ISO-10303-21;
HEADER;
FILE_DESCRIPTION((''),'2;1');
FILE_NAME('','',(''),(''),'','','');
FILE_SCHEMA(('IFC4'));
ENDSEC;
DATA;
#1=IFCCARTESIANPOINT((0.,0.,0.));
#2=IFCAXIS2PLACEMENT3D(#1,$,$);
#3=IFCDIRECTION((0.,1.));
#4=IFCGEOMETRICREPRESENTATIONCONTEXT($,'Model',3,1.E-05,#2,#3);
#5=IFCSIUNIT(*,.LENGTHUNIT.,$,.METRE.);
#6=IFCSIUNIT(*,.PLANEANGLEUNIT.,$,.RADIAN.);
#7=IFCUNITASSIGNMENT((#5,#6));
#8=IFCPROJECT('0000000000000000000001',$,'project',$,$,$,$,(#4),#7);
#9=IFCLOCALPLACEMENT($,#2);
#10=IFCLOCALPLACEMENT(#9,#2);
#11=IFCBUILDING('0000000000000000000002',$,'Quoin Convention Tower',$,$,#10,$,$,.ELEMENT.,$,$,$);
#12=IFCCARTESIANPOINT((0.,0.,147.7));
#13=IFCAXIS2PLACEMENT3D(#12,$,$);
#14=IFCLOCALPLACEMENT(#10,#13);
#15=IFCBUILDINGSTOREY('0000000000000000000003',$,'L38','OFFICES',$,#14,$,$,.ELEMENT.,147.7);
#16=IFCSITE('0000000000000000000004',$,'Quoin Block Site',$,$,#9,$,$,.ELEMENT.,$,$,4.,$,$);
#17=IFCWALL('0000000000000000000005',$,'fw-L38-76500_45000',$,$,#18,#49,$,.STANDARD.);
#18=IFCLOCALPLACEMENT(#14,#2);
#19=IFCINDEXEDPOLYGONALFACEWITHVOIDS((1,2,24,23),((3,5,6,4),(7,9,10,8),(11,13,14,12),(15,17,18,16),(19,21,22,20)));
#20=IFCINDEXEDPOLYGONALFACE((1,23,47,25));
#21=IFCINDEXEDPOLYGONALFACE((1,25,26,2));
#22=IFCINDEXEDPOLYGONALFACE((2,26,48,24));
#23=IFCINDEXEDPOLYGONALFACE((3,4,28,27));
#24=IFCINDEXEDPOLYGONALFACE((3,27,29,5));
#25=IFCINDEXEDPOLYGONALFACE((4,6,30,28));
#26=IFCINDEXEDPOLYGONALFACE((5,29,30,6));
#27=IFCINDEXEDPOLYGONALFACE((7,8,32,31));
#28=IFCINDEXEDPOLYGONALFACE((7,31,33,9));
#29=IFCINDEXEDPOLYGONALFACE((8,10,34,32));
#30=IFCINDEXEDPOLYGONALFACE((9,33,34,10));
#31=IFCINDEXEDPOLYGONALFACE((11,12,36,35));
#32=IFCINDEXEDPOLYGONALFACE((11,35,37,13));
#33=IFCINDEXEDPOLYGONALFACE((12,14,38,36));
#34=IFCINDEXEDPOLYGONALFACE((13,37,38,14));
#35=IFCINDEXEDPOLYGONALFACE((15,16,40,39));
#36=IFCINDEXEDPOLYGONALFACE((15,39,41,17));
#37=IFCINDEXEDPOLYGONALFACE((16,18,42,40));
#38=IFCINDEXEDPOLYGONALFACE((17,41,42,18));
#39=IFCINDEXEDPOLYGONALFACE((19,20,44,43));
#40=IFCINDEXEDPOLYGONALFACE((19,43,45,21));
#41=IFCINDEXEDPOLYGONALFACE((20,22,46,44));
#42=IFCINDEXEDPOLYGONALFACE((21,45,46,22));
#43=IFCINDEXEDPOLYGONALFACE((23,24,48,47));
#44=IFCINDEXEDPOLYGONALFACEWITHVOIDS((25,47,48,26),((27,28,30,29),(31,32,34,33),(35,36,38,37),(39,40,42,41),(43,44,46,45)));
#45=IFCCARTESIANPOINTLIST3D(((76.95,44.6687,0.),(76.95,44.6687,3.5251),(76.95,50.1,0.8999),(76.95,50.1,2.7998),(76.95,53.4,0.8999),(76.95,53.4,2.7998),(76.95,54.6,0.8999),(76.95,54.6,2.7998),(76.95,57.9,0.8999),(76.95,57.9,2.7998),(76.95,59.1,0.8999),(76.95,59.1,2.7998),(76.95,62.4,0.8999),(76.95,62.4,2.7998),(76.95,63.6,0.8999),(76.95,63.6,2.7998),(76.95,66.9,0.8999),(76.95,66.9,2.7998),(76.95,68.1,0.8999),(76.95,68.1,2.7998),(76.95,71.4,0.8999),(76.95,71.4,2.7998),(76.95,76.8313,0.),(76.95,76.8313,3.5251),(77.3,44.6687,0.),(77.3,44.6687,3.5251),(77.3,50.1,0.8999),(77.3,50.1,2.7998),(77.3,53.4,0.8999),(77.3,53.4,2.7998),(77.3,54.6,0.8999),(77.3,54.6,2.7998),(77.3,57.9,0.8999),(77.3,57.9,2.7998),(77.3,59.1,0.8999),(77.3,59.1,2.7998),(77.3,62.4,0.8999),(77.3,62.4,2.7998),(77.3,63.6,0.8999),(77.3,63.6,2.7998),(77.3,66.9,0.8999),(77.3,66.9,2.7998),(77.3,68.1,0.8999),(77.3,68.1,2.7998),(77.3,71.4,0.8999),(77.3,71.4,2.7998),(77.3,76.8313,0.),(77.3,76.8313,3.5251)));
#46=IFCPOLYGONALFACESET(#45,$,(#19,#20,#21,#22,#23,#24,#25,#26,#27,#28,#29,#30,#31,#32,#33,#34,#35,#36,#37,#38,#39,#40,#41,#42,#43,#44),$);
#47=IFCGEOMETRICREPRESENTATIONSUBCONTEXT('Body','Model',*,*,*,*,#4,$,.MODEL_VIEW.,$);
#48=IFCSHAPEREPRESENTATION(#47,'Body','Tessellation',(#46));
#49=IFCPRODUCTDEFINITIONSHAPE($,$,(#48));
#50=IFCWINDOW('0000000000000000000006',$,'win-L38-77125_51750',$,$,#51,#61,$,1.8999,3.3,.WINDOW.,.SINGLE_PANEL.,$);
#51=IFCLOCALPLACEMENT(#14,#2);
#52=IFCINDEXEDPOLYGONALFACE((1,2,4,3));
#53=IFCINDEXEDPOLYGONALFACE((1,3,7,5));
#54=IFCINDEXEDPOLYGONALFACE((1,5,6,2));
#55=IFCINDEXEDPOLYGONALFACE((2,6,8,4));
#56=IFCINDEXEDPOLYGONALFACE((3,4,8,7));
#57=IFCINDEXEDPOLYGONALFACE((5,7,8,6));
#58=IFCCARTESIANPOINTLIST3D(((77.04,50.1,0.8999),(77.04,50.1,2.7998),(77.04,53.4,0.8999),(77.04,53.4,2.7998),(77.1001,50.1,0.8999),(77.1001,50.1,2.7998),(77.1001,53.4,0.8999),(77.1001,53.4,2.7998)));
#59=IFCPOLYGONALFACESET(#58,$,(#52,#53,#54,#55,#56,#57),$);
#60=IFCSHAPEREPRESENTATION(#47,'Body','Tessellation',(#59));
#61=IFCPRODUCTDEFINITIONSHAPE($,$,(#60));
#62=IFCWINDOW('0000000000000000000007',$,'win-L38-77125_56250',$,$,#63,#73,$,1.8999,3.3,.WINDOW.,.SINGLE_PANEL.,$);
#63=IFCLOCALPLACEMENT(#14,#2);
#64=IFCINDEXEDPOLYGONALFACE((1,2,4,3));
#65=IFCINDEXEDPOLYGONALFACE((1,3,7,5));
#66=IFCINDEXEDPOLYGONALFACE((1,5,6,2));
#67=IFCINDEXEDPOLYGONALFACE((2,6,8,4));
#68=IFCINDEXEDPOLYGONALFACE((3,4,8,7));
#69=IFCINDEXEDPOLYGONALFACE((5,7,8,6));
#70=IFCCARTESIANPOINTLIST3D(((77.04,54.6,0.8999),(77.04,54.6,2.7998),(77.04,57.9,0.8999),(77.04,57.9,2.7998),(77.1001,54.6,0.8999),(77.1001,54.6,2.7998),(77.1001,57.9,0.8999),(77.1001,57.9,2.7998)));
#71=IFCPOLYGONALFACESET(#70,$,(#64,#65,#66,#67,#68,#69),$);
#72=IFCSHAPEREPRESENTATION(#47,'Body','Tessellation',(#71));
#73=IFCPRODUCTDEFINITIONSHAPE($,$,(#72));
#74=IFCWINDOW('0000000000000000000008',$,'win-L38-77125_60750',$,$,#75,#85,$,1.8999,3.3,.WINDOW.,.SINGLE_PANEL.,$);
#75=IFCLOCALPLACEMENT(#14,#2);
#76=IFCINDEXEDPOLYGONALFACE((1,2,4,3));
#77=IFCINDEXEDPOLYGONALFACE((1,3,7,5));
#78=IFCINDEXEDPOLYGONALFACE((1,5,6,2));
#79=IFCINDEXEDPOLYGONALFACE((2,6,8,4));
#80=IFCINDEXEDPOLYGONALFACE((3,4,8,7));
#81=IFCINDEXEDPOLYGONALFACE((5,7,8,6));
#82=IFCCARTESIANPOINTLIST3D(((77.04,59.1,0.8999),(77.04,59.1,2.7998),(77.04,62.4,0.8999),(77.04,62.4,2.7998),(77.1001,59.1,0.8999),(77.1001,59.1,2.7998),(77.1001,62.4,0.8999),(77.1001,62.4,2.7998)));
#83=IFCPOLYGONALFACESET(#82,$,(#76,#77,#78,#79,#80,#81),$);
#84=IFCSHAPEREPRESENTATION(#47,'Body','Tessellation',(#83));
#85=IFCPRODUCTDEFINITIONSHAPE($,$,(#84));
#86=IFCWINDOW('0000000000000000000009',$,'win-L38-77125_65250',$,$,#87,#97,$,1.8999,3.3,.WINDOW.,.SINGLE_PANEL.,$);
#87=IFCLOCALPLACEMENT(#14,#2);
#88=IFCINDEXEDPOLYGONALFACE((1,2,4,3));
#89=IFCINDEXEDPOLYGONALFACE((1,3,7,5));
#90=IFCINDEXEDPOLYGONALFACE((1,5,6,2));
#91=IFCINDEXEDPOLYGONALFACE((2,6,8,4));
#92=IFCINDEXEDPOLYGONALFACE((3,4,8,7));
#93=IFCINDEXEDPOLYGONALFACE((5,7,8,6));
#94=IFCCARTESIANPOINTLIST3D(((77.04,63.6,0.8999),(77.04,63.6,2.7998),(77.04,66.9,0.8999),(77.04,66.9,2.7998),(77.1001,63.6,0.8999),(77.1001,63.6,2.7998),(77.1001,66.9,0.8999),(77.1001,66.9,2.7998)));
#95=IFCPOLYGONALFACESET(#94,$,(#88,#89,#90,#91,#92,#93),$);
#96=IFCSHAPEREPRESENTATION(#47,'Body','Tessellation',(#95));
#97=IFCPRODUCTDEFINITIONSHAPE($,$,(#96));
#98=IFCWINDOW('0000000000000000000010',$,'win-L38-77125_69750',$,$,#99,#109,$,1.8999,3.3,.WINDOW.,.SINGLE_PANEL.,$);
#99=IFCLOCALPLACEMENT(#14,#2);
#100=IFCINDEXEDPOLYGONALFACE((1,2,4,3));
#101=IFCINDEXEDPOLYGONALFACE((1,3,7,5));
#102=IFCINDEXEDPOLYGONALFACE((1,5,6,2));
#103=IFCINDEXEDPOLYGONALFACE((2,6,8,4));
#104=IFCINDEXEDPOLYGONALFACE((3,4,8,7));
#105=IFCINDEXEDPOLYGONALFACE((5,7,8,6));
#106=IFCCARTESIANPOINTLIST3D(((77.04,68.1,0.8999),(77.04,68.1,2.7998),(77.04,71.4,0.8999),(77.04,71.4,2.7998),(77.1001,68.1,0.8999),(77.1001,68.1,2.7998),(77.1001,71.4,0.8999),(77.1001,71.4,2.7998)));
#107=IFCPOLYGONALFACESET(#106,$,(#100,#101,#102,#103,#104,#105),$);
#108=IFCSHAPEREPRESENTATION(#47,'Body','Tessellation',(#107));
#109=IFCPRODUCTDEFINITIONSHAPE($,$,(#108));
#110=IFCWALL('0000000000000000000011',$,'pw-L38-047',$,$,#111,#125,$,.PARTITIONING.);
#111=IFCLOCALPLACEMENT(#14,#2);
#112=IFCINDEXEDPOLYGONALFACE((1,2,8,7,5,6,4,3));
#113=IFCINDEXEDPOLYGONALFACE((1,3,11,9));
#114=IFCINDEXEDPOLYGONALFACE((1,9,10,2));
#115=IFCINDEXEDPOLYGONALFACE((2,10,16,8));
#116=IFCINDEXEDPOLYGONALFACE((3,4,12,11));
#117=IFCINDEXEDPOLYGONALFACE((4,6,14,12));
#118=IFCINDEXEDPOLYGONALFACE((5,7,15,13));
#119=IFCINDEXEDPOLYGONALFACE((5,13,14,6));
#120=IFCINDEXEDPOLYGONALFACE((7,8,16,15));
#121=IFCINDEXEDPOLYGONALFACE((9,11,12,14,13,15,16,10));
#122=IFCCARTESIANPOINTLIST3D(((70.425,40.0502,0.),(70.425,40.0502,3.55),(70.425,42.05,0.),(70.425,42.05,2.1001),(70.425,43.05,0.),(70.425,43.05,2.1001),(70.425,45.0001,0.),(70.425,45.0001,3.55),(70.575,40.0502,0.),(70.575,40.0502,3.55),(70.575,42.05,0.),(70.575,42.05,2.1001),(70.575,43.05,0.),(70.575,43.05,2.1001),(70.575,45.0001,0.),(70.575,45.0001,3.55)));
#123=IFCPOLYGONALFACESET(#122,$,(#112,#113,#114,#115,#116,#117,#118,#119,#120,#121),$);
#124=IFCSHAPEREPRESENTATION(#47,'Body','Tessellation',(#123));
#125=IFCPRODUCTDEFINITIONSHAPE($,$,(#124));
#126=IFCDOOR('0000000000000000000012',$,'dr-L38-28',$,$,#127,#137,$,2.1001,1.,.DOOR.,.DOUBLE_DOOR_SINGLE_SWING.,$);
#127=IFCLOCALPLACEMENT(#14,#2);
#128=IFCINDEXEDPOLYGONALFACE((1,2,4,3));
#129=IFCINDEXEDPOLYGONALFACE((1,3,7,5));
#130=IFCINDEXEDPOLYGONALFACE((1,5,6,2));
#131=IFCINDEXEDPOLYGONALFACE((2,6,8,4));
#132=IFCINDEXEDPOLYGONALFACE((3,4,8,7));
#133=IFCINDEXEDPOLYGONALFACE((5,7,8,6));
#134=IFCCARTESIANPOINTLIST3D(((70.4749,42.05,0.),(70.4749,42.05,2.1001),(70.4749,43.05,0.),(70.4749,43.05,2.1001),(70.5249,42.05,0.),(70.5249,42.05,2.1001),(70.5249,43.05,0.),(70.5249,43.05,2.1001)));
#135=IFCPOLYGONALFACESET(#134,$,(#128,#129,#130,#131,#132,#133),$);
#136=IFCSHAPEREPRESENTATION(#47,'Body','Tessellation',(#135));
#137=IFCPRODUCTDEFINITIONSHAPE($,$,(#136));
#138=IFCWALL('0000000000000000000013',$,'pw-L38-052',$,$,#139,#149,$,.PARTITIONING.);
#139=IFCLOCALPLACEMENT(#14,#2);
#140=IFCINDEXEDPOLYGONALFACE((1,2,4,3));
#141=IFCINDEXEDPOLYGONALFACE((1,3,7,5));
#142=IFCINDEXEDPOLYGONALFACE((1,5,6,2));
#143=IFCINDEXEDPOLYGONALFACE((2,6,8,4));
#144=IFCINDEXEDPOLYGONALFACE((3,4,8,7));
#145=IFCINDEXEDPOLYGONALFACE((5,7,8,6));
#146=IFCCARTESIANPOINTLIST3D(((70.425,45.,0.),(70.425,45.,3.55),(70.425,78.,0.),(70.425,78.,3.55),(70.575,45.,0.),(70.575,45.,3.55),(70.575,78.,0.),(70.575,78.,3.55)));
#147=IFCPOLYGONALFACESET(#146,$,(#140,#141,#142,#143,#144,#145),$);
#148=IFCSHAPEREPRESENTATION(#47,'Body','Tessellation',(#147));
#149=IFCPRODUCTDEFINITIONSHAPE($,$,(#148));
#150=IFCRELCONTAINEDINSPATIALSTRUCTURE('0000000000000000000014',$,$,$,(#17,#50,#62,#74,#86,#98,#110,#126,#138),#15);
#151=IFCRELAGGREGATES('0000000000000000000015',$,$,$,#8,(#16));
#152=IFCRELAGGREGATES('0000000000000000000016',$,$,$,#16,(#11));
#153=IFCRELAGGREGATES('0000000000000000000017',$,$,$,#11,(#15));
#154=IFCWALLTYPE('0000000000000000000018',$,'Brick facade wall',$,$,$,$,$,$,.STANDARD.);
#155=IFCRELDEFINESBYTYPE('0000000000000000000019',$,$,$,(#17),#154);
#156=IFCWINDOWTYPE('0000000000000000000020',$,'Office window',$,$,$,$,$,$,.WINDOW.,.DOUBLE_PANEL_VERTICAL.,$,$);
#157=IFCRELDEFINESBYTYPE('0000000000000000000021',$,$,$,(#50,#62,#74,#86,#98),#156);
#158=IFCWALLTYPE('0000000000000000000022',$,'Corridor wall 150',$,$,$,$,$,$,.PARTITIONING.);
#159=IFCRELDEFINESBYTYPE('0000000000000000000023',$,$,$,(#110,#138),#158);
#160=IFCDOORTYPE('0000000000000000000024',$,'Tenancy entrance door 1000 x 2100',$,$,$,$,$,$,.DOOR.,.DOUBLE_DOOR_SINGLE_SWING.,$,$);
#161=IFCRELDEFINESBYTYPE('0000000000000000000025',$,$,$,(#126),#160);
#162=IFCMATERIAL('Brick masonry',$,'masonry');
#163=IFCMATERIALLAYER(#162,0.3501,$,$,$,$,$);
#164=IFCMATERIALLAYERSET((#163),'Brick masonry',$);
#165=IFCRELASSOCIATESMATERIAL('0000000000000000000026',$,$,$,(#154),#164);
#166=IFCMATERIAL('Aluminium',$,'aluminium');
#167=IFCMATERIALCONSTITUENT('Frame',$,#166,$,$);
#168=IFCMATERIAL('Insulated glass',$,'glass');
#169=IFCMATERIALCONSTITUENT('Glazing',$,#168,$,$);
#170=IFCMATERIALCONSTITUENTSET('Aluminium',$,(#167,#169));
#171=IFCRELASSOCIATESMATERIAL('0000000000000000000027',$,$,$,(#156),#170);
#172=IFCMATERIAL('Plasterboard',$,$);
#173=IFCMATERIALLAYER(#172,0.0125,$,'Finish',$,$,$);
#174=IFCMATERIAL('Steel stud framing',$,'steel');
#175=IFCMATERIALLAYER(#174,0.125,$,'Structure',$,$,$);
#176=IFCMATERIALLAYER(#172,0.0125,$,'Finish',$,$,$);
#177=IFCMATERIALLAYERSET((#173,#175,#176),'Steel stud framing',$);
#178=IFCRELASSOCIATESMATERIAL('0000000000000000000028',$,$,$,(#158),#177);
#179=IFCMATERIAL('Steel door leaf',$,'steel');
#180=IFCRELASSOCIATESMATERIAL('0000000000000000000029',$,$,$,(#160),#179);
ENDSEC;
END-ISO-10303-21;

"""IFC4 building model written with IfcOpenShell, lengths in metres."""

from ifc_helpers import new_model, si_unit, direction, frame, frame_2d, origin, place, context, subcontext, project, spatial, rectangle, extrude, material, layer, layer_set, constituent, constituent_set, type_object, element, fill, save


model = new_model("IFC4")

# Units and contexts
model_context = context("Model", 3, precision=1e-05, world=origin(), true_north=direction((0.0, 1.0)))
body_context = subcontext(model_context, "Body", "Model", "MODEL_VIEW")
ifc_project = project(units=[si_unit("LENGTHUNIT", "METRE"), si_unit("PLANEANGLEUNIT", "RADIAN")], contexts=[model_context])

# Site, building, storey
site_placement = place(None, origin())
site = spatial("IfcSite", under=ifc_project, at=site_placement, Name="Quoin Block Site", CompositionType="ELEMENT", RefElevation=4.0)
building_placement = place(site_placement, origin())
building = spatial("IfcBuilding", under=site, at=building_placement, Name="Quoin Convention Tower", CompositionType="ELEMENT")
storey_placement = place(building_placement, frame((0.0, 0.0, 147.7)))
storey = spatial("IfcBuildingStorey", under=building, at=storey_placement, Name="L38", Description="OFFICES", CompositionType="ELEMENT", Elevation=147.7)

# Shared definitions
ifc_material_1 = material(Name="Brick masonry", Category="masonry")
ifc_layer_1 = layer(ifc_material_1, 0.3501)
ifc_layer_set_1 = layer_set([ifc_layer_1], Name="Brick masonry")
wall_type_1 = type_object("IfcWallType", Name="Brick facade wall", PredefinedType="STANDARD", material=ifc_layer_set_1)
ifc_material_2 = material(Name="Aluminium", Category="aluminium")
ifc_constituent_1 = constituent(ifc_material_2, Name="Frame")
ifc_material_3 = material(Name="Insulated glass", Category="glass")
ifc_constituent_2 = constituent(ifc_material_3, Name="Glazing")
ifc_constituent_set = constituent_set(constituents=[ifc_constituent_1, ifc_constituent_2], Name="Aluminium")
window_type = type_object("IfcWindowType", Name="Office window", PartitioningType="DOUBLE_PANEL_VERTICAL", PredefinedType="WINDOW", material=ifc_constituent_set)

# Wall, openings, windows
wall_1_placement = place(storey_placement, frame((77.125, 44.6687, 0.0), z_axis=(0.0, 0.0, 1.0), x_axis=(0.0, 1.0, 0.0)))
wall_1 = element("IfcWall", 1, at=wall_1_placement, inside=storey, type_object=wall_type_1, Name="fw-L38-76500_45000", PredefinedType="STANDARD", context=body_context, shape_type="SweptSolid", body=[
    extrude(rectangle(XDim=32.1626, YDim=0.3501, at=frame_2d((16.0813, 0.0))), origin(), (0.0, 0.0, 1.0), 3.5251),
])
opening_1_placement = place(wall_1_placement, frame((5.4314, 0.0, 0.8999)))
opening_1 = element("IfcOpeningElement", 2, at=opening_1_placement, cuts=wall_1, PredefinedType="OPENING", context=body_context, shape_type="SweptSolid", body=[
    extrude(rectangle(XDim=3.3, YDim=1.8999, at=frame_2d((1.6499, 0.95))), frame((0.0, 0.1851, 0.0), z_axis=(0.0, -1.0, 0.0), x_axis=(1.0, 0.0, 0.0)), (0.0, 0.0, 1.0), 0.3701),
])
opening_2_placement = place(wall_1_placement, frame((9.9314, 0.0, 0.8999)))
opening_2 = element("IfcOpeningElement", 3, at=opening_2_placement, cuts=wall_1, PredefinedType="OPENING", context=body_context, shape_type="SweptSolid", body=[
    extrude(rectangle(XDim=3.3, YDim=1.8999, at=frame_2d((1.6499, 0.95))), frame((0.0, 0.1851, 0.0), z_axis=(0.0, -1.0, 0.0), x_axis=(1.0, 0.0, 0.0)), (0.0, 0.0, 1.0), 0.3701),
])
opening_3_placement = place(wall_1_placement, frame((14.4314, 0.0, 0.8999)))
opening_3 = element("IfcOpeningElement", 4, at=opening_3_placement, cuts=wall_1, PredefinedType="OPENING", context=body_context, shape_type="SweptSolid", body=[
    extrude(rectangle(XDim=3.3, YDim=1.8999, at=frame_2d((1.6499, 0.95))), frame((0.0, 0.1851, 0.0), z_axis=(0.0, -1.0, 0.0), x_axis=(1.0, 0.0, 0.0)), (0.0, 0.0, 1.0), 0.3701),
])
opening_4_placement = place(wall_1_placement, frame((18.9314, 0.0, 0.8999)))
opening_4 = element("IfcOpeningElement", 5, at=opening_4_placement, cuts=wall_1, PredefinedType="OPENING", context=body_context, shape_type="SweptSolid", body=[
    extrude(rectangle(XDim=3.3, YDim=1.8999, at=frame_2d((1.6499, 0.95))), frame((0.0, 0.1851, 0.0), z_axis=(0.0, -1.0, 0.0), x_axis=(1.0, 0.0, 0.0)), (0.0, 0.0, 1.0), 0.3701),
])
opening_5_placement = place(wall_1_placement, frame((23.4314, 0.0, 0.8999)))
opening_5 = element("IfcOpeningElement", 6, at=opening_5_placement, cuts=wall_1, PredefinedType="OPENING", context=body_context, shape_type="SweptSolid", body=[
    extrude(rectangle(XDim=3.3, YDim=1.8999, at=frame_2d((1.6499, 0.95))), frame((0.0, 0.1851, 0.0), z_axis=(0.0, -1.0, 0.0), x_axis=(1.0, 0.0, 0.0)), (0.0, 0.0, 1.0), 0.3701),
])
window_1_placement = place(opening_1_placement, origin())
window_1 = element("IfcWindow", 7, at=window_1_placement, inside=storey, type_object=window_type, Name="win-L38-77125_51750", OverallHeight=1.8999, OverallWidth=3.3, PartitioningType="SINGLE_PANEL", PredefinedType="WINDOW", context=body_context, shape_type="SweptSolid", body=[
    extrude(rectangle(XDim=3.3, YDim=1.8999, at=frame_2d((1.6499, 0.95))), frame((0.0, 0.085, 0.0), z_axis=(0.0, -1.0, 0.0), x_axis=(1.0, 0.0, 0.0)), (0.0, 0.0, 1.0), 0.0601),
])
fill(opening_1, window_1)
window_2_placement = place(opening_2_placement, origin())
window_2 = element("IfcWindow", 8, at=window_2_placement, inside=storey, type_object=window_type, Name="win-L38-77125_56250", OverallHeight=1.8999, OverallWidth=3.3, PartitioningType="SINGLE_PANEL", PredefinedType="WINDOW", context=body_context, shape_type="SweptSolid", body=[
    extrude(rectangle(XDim=3.3, YDim=1.8999, at=frame_2d((1.6499, 0.95))), frame((0.0, 0.085, 0.0), z_axis=(0.0, -1.0, 0.0), x_axis=(1.0, 0.0, 0.0)), (0.0, 0.0, 1.0), 0.0601),
])
fill(opening_2, window_2)
window_3_placement = place(opening_3_placement, origin())
window_3 = element("IfcWindow", 9, at=window_3_placement, inside=storey, type_object=window_type, Name="win-L38-77125_60750", OverallHeight=1.8999, OverallWidth=3.3, PartitioningType="SINGLE_PANEL", PredefinedType="WINDOW", context=body_context, shape_type="SweptSolid", body=[
    extrude(rectangle(XDim=3.3, YDim=1.8999, at=frame_2d((1.6499, 0.95))), frame((0.0, 0.085, 0.0), z_axis=(0.0, -1.0, 0.0), x_axis=(1.0, 0.0, 0.0)), (0.0, 0.0, 1.0), 0.0601),
])
fill(opening_3, window_3)
window_4_placement = place(opening_4_placement, origin())
window_4 = element("IfcWindow", 10, at=window_4_placement, inside=storey, type_object=window_type, Name="win-L38-77125_65250", OverallHeight=1.8999, OverallWidth=3.3, PartitioningType="SINGLE_PANEL", PredefinedType="WINDOW", context=body_context, shape_type="SweptSolid", body=[
    extrude(rectangle(XDim=3.3, YDim=1.8999, at=frame_2d((1.6499, 0.95))), frame((0.0, 0.085, 0.0), z_axis=(0.0, -1.0, 0.0), x_axis=(1.0, 0.0, 0.0)), (0.0, 0.0, 1.0), 0.0601),
])
fill(opening_4, window_4)
window_5_placement = place(opening_5_placement, origin())
window_5 = element("IfcWindow", 11, at=window_5_placement, inside=storey, type_object=window_type, Name="win-L38-77125_69750", OverallHeight=1.8999, OverallWidth=3.3, PartitioningType="SINGLE_PANEL", PredefinedType="WINDOW", context=body_context, shape_type="SweptSolid", body=[
    extrude(rectangle(XDim=3.3, YDim=1.8999, at=frame_2d((1.6499, 0.95))), frame((0.0, 0.085, 0.0), z_axis=(0.0, -1.0, 0.0), x_axis=(1.0, 0.0, 0.0)), (0.0, 0.0, 1.0), 0.0601),
])
fill(opening_5, window_5)

# Wall, opening, door
ifc_material_4 = material(Name="Plasterboard")
ifc_layer_2 = layer(ifc_material_4, 0.0125, Name="Finish")
ifc_material_5 = material(Name="Steel stud framing", Category="steel")
ifc_layer_3 = layer(ifc_material_5, 0.125, Name="Structure")
ifc_layer_4 = layer(ifc_material_4, 0.0125, Name="Finish")
ifc_layer_set_2 = layer_set([ifc_layer_2, ifc_layer_3, ifc_layer_4], Name="Steel stud framing")
wall_type_2 = type_object("IfcWallType", Name="Corridor wall 150", PredefinedType="PARTITIONING", material=ifc_layer_set_2)
wall_2_placement = place(storey_placement, frame((70.5, 40.05, 0.0), z_axis=(0.0, 0.0, 1.0), x_axis=(0.0, 1.0, 0.0)))
wall_2 = element("IfcWall", 12, at=wall_2_placement, inside=storey, type_object=wall_type_2, Name="pw-L38-047", PredefinedType="PARTITIONING", context=body_context, shape_type="SweptSolid", body=[
    extrude(rectangle(XDim=4.95, YDim=0.1499, at=frame_2d((2.4751, 0.0))), origin(), (0.0, 0.0, 1.0), 3.55),
])
opening_6_placement = place(wall_2_placement, frame((2.0, 0.0, 0.0)))
opening_6 = element("IfcOpeningElement", 13, at=opening_6_placement, cuts=wall_2, PredefinedType="OPENING", context=body_context, shape_type="SweptSolid", body=[
    extrude(rectangle(XDim=1.0, YDim=2.1001, at=frame_2d((0.5, 1.05))), frame((0.0, 0.085, 0.0), z_axis=(0.0, -1.0, 0.0), x_axis=(1.0, 0.0, 0.0)), (0.0, 0.0, 1.0), 0.1699),
])
ifc_material_6 = material(Name="Steel door leaf", Category="steel")
door_type_1 = type_object("IfcDoorType", Name="Tenancy entrance door 1000 x 2100", OperationType="DOUBLE_DOOR_SINGLE_SWING", PredefinedType="DOOR", material=ifc_material_6)
door_1_placement = place(opening_6_placement, frame((1.0, 0.0, 0.0), z_axis=(0.0, 0.0, 1.0), x_axis=(-1.0, 0.0, 0.0)))
door_1 = element("IfcDoor", 14, at=door_1_placement, inside=storey, type_object=door_type_1, Name="dr-L38-28", OperationType="DOUBLE_DOOR_SINGLE_SWING", OverallHeight=2.1001, OverallWidth=1.0, PredefinedType="DOOR", context=body_context, shape_type="SweptSolid", body=[
    extrude(rectangle(XDim=1.0, YDim=2.1001, at=frame_2d((0.5, 1.05))), frame((0.0, 0.0249, 0.0), z_axis=(0.0, -1.0, 0.0), x_axis=(1.0, 0.0, 0.0)), (0.0, 0.0, 1.0), 0.05),
])
fill(opening_6, door_1)

# Wall
wall_3_placement = place(storey_placement, frame((70.5, 45.0, 0.0), z_axis=(0.0, 0.0, 1.0), x_axis=(0.0, 1.0, 0.0)))
element("IfcWall", 15, at=wall_3_placement, inside=storey, type_object=wall_type_2, Name="pw-L38-052", PredefinedType="PARTITIONING", context=body_context, shape_type="SweptSolid", body=[
    extrude(rectangle(XDim=33.0, YDim=0.1499, at=frame_2d((16.5, 0.0))), origin(), (0.0, 0.0, 1.0), 3.55),
])

save(model, "model.ifc")
